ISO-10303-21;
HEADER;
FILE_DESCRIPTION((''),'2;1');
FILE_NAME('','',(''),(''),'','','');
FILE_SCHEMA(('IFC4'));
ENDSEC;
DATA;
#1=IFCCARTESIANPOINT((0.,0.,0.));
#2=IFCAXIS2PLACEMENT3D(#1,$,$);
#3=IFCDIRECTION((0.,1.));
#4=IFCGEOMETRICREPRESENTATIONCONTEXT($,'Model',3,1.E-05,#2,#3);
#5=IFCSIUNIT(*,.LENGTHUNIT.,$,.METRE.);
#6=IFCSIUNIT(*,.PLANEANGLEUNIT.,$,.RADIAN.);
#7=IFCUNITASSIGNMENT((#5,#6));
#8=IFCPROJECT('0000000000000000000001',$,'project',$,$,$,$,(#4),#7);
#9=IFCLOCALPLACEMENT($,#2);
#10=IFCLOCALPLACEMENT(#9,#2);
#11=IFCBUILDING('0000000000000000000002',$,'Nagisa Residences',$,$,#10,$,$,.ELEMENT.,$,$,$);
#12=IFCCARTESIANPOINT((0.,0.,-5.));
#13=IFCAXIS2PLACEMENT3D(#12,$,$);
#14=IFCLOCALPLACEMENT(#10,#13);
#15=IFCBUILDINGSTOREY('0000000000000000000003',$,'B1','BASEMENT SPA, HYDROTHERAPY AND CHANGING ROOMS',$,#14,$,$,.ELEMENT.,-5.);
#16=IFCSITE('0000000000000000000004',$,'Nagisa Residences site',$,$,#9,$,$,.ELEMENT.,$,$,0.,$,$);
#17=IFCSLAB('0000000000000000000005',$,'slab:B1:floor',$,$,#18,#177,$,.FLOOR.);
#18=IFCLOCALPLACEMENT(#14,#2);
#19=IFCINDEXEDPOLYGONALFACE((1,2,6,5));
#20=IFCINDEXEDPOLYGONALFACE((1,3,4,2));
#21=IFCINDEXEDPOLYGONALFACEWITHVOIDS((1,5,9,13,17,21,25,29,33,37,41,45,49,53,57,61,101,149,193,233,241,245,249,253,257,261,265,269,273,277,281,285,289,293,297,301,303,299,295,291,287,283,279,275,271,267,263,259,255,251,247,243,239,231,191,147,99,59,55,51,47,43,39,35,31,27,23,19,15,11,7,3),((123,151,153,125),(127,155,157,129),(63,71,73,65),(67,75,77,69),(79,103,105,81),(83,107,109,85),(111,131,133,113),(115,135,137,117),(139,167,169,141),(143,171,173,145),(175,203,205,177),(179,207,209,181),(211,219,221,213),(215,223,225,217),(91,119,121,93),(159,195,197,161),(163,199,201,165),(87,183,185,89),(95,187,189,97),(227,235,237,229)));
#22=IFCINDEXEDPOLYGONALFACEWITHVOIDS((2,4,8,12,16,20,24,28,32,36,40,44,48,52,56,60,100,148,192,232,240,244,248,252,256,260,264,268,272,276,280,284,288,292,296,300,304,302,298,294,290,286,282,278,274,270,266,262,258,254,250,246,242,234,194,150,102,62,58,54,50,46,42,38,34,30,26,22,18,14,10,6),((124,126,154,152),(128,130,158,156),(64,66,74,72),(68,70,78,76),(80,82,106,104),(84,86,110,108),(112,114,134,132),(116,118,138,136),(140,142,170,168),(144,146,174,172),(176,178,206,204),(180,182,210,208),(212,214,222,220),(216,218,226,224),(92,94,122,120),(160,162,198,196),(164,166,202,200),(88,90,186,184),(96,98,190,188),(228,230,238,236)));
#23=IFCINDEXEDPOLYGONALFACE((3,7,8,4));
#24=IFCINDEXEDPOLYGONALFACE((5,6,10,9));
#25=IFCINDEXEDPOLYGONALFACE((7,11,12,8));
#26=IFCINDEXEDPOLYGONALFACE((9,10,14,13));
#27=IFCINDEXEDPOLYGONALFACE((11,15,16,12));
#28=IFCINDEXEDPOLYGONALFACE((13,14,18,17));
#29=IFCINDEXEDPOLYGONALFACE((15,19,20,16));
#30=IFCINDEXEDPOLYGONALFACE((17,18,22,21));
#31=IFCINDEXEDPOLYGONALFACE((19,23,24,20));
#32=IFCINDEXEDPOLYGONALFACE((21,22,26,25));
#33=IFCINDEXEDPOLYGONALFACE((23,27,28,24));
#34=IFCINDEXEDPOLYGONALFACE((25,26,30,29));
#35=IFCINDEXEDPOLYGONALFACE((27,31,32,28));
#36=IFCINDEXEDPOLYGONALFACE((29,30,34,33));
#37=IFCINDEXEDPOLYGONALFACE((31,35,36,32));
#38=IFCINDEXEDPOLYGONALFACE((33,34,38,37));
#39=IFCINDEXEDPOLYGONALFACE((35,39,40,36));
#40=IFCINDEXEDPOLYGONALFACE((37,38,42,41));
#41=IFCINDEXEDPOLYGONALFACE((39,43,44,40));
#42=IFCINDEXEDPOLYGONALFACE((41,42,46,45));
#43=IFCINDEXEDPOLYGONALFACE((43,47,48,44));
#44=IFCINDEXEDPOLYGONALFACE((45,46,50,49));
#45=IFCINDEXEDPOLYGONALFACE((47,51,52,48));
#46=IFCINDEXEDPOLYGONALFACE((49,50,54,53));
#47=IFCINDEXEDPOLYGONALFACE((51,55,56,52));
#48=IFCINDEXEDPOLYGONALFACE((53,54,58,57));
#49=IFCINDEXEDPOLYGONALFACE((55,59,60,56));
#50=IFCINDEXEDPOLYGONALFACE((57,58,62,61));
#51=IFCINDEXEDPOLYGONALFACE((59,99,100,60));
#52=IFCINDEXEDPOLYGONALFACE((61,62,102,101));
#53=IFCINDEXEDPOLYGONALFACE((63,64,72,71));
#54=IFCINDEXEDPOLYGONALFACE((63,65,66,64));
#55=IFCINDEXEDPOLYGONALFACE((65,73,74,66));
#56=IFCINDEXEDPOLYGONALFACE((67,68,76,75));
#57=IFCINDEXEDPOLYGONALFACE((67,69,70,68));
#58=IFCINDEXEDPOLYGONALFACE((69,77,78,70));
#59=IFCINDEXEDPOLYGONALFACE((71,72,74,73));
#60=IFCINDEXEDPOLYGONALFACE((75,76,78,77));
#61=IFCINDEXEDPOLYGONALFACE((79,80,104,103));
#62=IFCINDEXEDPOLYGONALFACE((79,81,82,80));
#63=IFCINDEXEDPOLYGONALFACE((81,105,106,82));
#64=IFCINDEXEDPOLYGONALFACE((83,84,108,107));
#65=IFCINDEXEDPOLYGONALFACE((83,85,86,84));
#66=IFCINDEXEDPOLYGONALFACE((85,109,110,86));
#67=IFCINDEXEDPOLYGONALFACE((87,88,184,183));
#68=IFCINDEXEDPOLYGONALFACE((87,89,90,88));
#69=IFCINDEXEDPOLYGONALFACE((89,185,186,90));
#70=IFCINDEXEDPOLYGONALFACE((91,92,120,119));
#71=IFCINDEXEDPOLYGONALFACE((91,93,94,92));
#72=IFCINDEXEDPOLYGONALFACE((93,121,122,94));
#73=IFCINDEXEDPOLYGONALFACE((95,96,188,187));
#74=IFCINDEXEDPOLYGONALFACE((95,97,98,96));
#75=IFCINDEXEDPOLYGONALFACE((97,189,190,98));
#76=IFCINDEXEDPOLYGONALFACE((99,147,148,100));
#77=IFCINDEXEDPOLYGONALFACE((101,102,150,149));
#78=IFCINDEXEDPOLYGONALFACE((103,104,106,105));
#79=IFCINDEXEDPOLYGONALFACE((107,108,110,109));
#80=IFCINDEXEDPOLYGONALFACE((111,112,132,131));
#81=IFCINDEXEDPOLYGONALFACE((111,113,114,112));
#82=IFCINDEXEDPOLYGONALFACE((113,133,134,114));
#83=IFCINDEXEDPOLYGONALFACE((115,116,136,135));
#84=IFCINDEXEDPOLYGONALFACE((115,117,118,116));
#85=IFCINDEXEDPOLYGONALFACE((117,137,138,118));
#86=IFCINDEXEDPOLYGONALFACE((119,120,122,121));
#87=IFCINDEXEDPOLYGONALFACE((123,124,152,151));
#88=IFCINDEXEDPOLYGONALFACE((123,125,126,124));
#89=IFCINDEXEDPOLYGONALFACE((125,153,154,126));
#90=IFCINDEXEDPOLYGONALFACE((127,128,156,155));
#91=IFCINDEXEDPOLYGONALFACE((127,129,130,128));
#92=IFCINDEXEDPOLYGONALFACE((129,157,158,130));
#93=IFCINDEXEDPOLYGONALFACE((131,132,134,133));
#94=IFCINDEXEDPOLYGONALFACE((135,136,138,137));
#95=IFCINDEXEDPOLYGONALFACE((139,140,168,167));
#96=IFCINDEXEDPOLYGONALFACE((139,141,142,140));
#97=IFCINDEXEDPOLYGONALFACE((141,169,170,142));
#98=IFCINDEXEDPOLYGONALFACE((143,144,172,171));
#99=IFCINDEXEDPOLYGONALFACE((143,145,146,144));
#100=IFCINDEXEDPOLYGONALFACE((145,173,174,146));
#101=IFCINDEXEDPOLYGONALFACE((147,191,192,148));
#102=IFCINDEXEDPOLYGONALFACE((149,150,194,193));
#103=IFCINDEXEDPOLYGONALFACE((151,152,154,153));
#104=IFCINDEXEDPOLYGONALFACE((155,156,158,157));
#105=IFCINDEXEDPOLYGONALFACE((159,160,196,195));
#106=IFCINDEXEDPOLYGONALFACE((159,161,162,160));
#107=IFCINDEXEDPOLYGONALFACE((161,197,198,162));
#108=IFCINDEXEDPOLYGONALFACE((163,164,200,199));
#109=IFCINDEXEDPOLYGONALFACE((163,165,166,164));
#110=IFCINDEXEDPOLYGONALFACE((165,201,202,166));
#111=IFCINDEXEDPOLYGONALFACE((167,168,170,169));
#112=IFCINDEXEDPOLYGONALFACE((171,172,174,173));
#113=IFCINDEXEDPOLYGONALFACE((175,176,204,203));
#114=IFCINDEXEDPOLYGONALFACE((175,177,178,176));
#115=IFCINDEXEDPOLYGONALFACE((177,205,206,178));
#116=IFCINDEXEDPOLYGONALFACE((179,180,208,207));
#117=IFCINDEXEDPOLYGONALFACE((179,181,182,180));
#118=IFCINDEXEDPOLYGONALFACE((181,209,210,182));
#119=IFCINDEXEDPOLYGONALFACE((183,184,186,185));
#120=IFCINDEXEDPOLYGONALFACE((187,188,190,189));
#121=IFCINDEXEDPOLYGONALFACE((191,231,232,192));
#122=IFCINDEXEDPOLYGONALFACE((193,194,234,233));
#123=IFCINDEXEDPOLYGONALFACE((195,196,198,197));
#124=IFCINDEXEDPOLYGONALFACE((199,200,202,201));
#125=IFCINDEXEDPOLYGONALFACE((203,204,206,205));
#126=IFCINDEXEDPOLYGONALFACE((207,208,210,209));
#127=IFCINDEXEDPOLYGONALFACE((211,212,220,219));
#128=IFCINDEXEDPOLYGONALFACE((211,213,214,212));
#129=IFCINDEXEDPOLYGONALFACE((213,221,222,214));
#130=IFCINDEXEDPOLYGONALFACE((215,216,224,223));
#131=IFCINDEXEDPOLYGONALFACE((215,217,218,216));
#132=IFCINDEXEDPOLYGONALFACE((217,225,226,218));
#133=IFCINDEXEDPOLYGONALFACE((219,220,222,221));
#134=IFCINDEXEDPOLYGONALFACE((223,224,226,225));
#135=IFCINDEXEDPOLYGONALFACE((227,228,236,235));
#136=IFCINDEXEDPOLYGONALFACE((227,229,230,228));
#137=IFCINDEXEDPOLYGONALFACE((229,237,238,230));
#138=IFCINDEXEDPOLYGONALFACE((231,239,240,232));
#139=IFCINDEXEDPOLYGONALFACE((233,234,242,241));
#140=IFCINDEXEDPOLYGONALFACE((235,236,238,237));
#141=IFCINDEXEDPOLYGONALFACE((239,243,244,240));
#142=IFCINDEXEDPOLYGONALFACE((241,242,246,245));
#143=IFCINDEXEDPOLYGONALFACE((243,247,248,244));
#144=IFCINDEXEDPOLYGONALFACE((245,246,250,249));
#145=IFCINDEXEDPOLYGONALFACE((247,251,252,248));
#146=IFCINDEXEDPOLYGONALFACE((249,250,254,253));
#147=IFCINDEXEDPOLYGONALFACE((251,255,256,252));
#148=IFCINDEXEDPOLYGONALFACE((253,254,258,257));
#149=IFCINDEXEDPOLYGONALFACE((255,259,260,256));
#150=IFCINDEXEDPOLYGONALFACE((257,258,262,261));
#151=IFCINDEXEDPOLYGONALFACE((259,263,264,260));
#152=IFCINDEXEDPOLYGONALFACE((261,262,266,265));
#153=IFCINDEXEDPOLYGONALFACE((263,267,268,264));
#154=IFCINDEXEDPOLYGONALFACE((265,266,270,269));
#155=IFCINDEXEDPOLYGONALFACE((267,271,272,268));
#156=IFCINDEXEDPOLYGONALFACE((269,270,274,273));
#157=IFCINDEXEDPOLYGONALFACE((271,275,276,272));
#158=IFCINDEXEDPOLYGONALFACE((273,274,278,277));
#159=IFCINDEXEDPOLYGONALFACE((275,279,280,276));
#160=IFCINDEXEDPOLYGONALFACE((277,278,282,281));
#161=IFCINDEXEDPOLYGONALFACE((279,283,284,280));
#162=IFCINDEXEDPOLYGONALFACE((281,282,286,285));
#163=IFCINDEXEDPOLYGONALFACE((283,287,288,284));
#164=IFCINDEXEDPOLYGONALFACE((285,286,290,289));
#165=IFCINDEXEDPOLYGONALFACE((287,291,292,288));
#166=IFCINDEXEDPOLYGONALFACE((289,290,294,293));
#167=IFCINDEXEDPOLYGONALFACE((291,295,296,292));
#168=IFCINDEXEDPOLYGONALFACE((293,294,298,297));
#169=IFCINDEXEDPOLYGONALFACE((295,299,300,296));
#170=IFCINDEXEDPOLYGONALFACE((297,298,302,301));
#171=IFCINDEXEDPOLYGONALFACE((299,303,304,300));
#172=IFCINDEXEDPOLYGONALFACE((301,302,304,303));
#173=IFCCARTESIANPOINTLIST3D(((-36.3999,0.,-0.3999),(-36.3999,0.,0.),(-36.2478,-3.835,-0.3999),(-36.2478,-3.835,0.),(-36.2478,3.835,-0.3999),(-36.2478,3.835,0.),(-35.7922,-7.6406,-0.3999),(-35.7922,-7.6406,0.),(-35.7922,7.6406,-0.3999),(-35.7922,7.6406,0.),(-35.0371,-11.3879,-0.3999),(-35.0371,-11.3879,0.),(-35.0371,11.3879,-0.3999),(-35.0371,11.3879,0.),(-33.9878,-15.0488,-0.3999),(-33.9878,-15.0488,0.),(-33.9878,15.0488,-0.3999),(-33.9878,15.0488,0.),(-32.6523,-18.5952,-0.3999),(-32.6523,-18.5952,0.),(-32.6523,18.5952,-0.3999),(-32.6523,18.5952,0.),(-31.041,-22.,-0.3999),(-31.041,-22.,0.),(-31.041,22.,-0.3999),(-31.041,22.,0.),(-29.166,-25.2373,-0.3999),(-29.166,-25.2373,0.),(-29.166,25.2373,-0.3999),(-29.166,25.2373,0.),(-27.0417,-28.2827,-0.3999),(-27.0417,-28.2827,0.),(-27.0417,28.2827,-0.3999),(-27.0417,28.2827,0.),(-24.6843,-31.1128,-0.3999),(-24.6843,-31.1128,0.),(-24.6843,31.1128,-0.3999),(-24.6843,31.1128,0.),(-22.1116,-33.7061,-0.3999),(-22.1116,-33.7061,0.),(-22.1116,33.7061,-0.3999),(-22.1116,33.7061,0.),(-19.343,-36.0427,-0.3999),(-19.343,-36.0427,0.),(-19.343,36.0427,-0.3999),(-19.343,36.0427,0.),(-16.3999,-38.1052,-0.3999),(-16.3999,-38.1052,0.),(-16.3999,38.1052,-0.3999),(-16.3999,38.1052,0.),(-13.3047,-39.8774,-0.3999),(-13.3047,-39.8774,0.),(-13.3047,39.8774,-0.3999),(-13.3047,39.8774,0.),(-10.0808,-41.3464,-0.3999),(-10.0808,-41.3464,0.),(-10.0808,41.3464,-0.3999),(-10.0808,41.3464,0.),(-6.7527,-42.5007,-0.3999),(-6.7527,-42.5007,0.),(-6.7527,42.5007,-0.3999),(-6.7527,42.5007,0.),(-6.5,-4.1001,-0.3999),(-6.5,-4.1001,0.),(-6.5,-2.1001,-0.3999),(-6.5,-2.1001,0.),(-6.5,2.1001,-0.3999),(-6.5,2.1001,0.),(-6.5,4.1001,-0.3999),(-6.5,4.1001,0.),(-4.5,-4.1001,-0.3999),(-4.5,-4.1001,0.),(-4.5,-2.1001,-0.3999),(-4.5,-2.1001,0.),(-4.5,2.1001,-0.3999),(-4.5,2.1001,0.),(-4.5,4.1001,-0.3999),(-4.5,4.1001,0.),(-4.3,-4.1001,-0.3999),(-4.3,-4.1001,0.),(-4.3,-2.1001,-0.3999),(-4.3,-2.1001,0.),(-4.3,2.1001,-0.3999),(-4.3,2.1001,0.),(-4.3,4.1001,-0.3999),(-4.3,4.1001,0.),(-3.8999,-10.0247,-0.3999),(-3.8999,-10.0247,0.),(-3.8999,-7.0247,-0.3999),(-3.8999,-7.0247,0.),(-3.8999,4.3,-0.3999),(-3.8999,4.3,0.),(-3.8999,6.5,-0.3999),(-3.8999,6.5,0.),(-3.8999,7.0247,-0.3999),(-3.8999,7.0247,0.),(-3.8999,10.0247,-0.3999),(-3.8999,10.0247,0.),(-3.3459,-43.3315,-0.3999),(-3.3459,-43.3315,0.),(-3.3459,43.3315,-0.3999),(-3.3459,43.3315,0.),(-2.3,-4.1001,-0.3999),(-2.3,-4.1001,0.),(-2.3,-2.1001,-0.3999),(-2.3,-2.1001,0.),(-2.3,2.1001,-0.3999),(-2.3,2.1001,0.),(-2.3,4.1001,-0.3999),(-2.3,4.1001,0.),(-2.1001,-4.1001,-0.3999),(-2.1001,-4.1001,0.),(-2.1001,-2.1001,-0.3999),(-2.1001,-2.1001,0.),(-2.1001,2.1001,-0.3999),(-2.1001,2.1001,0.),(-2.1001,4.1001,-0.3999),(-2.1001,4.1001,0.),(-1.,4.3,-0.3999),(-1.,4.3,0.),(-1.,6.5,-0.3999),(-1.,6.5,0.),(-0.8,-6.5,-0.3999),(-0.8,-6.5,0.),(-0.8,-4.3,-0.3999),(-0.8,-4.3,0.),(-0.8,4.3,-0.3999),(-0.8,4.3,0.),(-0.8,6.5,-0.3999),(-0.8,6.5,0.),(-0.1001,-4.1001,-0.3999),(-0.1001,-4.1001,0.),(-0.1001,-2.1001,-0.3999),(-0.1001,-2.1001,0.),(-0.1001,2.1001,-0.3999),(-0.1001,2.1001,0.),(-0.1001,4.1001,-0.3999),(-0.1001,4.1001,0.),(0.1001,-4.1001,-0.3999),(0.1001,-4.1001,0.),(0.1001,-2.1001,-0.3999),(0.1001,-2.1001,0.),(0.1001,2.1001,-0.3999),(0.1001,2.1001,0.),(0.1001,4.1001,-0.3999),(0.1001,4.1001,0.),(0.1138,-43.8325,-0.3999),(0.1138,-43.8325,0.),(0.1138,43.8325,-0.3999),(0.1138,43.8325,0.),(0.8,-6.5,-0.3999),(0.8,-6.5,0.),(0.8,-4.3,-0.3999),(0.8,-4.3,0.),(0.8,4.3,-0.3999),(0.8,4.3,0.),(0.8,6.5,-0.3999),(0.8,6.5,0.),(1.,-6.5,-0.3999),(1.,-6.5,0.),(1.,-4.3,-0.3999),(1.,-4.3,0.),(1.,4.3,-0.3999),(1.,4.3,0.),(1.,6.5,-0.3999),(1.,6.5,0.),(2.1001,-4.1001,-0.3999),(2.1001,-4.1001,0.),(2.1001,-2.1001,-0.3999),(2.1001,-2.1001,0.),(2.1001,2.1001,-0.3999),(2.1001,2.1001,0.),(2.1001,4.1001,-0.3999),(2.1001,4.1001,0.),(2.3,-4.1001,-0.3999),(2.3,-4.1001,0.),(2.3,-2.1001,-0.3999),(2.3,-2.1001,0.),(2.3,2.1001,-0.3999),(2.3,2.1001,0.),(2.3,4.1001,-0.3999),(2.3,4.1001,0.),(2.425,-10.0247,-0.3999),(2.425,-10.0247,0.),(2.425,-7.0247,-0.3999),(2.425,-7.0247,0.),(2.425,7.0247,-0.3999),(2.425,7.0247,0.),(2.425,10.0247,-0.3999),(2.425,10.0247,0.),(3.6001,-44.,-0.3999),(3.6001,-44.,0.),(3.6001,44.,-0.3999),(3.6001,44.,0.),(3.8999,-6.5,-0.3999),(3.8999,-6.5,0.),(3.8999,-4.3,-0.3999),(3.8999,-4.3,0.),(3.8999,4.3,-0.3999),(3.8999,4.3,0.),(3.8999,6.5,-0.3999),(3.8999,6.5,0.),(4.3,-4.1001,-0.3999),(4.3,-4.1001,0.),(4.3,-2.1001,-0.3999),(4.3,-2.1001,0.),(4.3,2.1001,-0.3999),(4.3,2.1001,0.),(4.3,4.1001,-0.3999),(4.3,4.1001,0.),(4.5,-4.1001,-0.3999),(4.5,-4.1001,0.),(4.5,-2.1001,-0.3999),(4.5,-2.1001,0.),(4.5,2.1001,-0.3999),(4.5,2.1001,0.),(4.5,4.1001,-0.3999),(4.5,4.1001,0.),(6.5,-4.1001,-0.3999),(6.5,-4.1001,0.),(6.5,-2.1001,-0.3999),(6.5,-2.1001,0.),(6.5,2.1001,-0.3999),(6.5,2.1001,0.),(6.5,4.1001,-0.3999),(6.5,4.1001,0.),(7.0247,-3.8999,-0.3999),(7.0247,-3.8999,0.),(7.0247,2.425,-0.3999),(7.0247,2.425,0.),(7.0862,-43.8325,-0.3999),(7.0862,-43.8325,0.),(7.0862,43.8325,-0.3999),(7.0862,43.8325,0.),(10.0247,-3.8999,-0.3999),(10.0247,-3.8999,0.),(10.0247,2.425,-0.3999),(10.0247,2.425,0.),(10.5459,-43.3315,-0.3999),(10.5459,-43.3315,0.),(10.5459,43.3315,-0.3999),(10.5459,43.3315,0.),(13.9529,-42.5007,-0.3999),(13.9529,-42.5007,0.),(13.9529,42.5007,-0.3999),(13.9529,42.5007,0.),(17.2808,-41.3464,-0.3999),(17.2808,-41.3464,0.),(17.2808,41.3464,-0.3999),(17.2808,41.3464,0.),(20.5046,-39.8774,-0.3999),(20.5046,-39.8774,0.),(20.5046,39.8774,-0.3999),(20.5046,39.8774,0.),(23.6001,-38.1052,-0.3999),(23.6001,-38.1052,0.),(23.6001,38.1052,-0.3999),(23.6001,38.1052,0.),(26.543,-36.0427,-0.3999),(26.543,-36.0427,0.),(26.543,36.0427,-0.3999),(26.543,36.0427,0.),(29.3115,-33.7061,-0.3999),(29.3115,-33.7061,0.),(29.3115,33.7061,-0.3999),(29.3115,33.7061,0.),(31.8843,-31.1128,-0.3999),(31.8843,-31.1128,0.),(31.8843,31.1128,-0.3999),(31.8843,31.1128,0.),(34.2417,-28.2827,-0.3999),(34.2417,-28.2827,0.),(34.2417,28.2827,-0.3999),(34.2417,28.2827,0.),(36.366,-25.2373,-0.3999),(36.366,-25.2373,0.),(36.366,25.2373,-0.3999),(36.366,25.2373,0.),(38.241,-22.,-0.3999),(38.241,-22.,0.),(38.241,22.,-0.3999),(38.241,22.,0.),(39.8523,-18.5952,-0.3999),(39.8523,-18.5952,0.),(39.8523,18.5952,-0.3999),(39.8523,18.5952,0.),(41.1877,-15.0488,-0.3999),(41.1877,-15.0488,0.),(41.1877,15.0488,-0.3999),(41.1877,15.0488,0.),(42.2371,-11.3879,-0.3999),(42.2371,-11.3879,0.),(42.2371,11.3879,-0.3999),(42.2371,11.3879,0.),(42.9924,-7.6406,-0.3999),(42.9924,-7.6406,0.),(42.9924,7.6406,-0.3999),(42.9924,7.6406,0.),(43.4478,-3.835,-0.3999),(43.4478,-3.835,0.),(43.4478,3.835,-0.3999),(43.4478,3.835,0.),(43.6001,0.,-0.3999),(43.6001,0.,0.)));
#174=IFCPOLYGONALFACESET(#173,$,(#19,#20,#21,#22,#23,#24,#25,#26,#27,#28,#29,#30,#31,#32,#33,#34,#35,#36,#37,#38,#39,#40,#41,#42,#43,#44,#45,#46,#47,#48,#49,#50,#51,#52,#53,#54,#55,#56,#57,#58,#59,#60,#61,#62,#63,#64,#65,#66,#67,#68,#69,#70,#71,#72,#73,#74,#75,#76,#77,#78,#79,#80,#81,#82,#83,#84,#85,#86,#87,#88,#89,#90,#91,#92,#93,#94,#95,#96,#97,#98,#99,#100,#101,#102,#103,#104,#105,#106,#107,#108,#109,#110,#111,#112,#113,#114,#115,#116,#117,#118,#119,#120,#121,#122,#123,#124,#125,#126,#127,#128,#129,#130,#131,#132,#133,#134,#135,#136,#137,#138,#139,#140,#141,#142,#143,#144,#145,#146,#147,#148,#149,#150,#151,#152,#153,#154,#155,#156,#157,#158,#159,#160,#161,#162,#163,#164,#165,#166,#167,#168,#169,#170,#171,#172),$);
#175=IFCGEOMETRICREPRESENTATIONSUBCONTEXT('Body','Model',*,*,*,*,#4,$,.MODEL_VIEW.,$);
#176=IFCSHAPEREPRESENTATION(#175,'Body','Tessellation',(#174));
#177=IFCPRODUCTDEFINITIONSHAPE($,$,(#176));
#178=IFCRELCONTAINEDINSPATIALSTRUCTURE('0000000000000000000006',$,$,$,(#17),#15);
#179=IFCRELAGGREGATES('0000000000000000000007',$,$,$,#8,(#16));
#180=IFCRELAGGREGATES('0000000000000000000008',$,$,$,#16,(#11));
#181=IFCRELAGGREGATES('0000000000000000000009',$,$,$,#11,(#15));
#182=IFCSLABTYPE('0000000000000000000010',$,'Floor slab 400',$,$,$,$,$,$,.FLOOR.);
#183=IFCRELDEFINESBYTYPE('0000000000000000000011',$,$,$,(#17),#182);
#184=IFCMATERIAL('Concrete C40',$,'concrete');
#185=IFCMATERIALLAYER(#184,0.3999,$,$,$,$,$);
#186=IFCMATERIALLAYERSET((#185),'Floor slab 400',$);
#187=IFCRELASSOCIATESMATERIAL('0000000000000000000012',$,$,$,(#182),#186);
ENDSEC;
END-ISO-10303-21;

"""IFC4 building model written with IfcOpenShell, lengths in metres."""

from ifc_helpers import new_model, si_unit, direction, frame, origin, place, context, subcontext, project, spatial, polyline, outline, extrude, material, layer, layer_set, type_object, element, save


model = new_model("IFC4")

# Units and contexts
model_context = context("Model", 3, precision=1e-05, world=origin(), true_north=direction((0.0, 1.0)))
body_context = subcontext(model_context, "Body", "Model", "MODEL_VIEW")
ifc_project = project(units=[si_unit("LENGTHUNIT", "METRE"), si_unit("PLANEANGLEUNIT", "RADIAN")], contexts=[model_context])

# Site, building, storey
site_placement = place(None, origin())
site = spatial("IfcSite", under=ifc_project, at=site_placement, Name="Nagisa Residences site", CompositionType="ELEMENT", RefElevation=0.0)
building_placement = place(site_placement, origin())
building = spatial("IfcBuilding", under=site, at=building_placement, Name="Nagisa Residences", CompositionType="ELEMENT")
storey_placement = place(building_placement, frame((0.0, 0.0, -5.0)))
storey = spatial("IfcBuildingStorey", under=building, at=storey_placement, Name="B1", Description="BASEMENT SPA, HYDROTHERAPY AND CHANGING ROOMS", CompositionType="ELEMENT", Elevation=-5.0)

# Slab
ifc_material_1 = material(Name="Concrete C40", Category="concrete")
ifc_layer_1 = layer(ifc_material_1, 0.3999)
ifc_layer_set_1 = layer_set([ifc_layer_1], Name="Floor slab 400")
slab_type = type_object("IfcSlabType", Name="Floor slab 400", PredefinedType="FLOOR", material=ifc_layer_set_1)
slab_placement = place(storey_placement, frame((0.0, 0.0, -0.3999)))
element("IfcSlab", 1, at=slab_placement, inside=storey, type_object=slab_type, Name="slab:B1:floor", PredefinedType="FLOOR", context=body_context, shape_type="SweptSolid", body=[
    extrude(outline(polyline([(43.6001, 0.0), (43.4478, 3.835), (42.9924, 7.6406), (42.2371, 11.3879), (41.1877, 15.0488), (39.8523, 18.5952), (38.241, 22.0), (36.366, 25.2373), (34.2417, 28.2827), (31.8843, 31.1128), (29.3115, 33.7061), (26.543, 36.0427), (23.6001, 38.1052), (20.5046, 39.8774), (17.2808, 41.3464), (13.9529, 42.5007), (10.5459, 43.3315), (7.0862, 43.8325), (3.6001, 44.0), (0.1138, 43.8325), (-3.3459, 43.3315), (-6.7527, 42.5007), (-10.0808, 41.3464), (-13.3047, 39.8774), (-16.3999, 38.1052), (-19.343, 36.0427), (-22.1116, 33.7061), (-24.6843, 31.1128), (-27.0417, 28.2827), (-29.166, 25.2373), (-31.041, 22.0), (-32.6523, 18.5952), (-33.9878, 15.0488), (-35.0371, 11.3879), (-35.7922, 7.6406), (-36.2478, 3.835), (-36.3999, 0.0), (-36.2478, -3.835), (-35.7922, -7.6406), (-35.0371, -11.3879), (-33.9878, -15.0488), (-32.6523, -18.5952), (-31.041, -22.0), (-29.166, -25.2373), (-27.0417, -28.2827), (-24.6843, -31.1128), (-22.1116, -33.7061), (-19.343, -36.0427), (-16.3999, -38.1052), (-13.3047, -39.8774), (-10.0808, -41.3464), (-6.7527, -42.5007), (-3.3459, -43.3315), (0.1138, -43.8325), (3.6001, -44.0), (7.0862, -43.8325), (10.5459, -43.3315), (13.9529, -42.5007), (17.2808, -41.3464), (20.5046, -39.8774), (23.6001, -38.1052), (26.543, -36.0427), (29.3115, -33.7061), (31.8843, -31.1128), (34.2417, -28.2827), (36.366, -25.2373), (38.241, -22.0), (39.8523, -18.5952), (41.1877, -15.0488), (42.2371, -11.3879), (42.9924, -7.6406), (43.4478, -3.835), (43.6001, 0.0)]), holes=[polyline([(-4.5, 2.1001), (-4.5, 4.1001), (-6.5, 4.1001), (-6.5, 2.1001), (-4.5, 2.1001)]), polyline([(-2.3, 2.1001), (-2.3, 4.1001), (-4.3, 4.1001), (-4.3, 2.1001), (-2.3, 2.1001)]), polyline([(-0.1001, 2.1001), (-0.1001, 4.1001), (-2.1001, 4.1001), (-2.1001, 2.1001), (-0.1001, 2.1001)]), polyline([(2.1001, 2.1001), (2.1001, 4.1001), (0.1001, 4.1001), (0.1001, 2.1001), (2.1001, 2.1001)]), polyline([(4.3, 2.1001), (4.3, 4.1001), (2.3, 4.1001), (2.3, 2.1001), (4.3, 2.1001)]), polyline([(6.5, 2.1001), (6.5, 4.1001), (4.5, 4.1001), (4.5, 2.1001), (6.5, 2.1001)]), polyline([(-4.5, -4.1001), (-4.5, -2.1001), (-6.5, -2.1001), (-6.5, -4.1001), (-4.5, -4.1001)]), polyline([(-2.3, -4.1001), (-2.3, -2.1001), (-4.3, -2.1001), (-4.3, -4.1001), (-2.3, -4.1001)]), polyline([(-0.1001, -4.1001), (-0.1001, -2.1001), (-2.1001, -2.1001), (-2.1001, -4.1001), (-0.1001, -4.1001)]), polyline([(2.1001, -4.1001), (2.1001, -2.1001), (0.1001, -2.1001), (0.1001, -4.1001), (2.1001, -4.1001)]), polyline([(4.3, -4.1001), (4.3, -2.1001), (2.3, -2.1001), (2.3, -4.1001), (4.3, -4.1001)]), polyline([(6.5, -4.1001), (6.5, -2.1001), (4.5, -2.1001), (4.5, -4.1001), (6.5, -4.1001)]), polyline([(3.8999, 4.3), (3.8999, 6.5), (1.0, 6.5), (1.0, 4.3), (3.8999, 4.3)]), polyline([(3.8999, -6.5), (3.8999, -4.3), (1.0, -4.3), (1.0, -6.5), (3.8999, -6.5)]), polyline([(-1.0, 4.3), (-1.0, 6.5), (-3.8999, 6.5), (-3.8999, 4.3), (-1.0, 4.3)]), polyline([(0.8, 4.3), (0.8, 6.5), (-0.8, 6.5), (-0.8, 4.3), (0.8, 4.3)]), polyline([(0.8, -6.5), (0.8, -4.3), (-0.8, -4.3), (-0.8, -6.5), (0.8, -6.5)]), polyline([(10.0247, -3.8999), (7.0247, -3.8999), (7.0247, 2.425), (10.0247, 2.425), (10.0247, -3.8999)]), polyline([(-3.8999, 7.0247), (-3.8999, 10.0247), (2.425, 10.0247), (2.425, 7.0247), (-3.8999, 7.0247)]), polyline([(-3.8999, -10.0247), (-3.8999, -7.0247), (2.425, -7.0247), (2.425, -10.0247), (-3.8999, -10.0247)])]), origin(), (0.0, 0.0, 1.0), 0.3999),
])

save(model, "model.ifc")
